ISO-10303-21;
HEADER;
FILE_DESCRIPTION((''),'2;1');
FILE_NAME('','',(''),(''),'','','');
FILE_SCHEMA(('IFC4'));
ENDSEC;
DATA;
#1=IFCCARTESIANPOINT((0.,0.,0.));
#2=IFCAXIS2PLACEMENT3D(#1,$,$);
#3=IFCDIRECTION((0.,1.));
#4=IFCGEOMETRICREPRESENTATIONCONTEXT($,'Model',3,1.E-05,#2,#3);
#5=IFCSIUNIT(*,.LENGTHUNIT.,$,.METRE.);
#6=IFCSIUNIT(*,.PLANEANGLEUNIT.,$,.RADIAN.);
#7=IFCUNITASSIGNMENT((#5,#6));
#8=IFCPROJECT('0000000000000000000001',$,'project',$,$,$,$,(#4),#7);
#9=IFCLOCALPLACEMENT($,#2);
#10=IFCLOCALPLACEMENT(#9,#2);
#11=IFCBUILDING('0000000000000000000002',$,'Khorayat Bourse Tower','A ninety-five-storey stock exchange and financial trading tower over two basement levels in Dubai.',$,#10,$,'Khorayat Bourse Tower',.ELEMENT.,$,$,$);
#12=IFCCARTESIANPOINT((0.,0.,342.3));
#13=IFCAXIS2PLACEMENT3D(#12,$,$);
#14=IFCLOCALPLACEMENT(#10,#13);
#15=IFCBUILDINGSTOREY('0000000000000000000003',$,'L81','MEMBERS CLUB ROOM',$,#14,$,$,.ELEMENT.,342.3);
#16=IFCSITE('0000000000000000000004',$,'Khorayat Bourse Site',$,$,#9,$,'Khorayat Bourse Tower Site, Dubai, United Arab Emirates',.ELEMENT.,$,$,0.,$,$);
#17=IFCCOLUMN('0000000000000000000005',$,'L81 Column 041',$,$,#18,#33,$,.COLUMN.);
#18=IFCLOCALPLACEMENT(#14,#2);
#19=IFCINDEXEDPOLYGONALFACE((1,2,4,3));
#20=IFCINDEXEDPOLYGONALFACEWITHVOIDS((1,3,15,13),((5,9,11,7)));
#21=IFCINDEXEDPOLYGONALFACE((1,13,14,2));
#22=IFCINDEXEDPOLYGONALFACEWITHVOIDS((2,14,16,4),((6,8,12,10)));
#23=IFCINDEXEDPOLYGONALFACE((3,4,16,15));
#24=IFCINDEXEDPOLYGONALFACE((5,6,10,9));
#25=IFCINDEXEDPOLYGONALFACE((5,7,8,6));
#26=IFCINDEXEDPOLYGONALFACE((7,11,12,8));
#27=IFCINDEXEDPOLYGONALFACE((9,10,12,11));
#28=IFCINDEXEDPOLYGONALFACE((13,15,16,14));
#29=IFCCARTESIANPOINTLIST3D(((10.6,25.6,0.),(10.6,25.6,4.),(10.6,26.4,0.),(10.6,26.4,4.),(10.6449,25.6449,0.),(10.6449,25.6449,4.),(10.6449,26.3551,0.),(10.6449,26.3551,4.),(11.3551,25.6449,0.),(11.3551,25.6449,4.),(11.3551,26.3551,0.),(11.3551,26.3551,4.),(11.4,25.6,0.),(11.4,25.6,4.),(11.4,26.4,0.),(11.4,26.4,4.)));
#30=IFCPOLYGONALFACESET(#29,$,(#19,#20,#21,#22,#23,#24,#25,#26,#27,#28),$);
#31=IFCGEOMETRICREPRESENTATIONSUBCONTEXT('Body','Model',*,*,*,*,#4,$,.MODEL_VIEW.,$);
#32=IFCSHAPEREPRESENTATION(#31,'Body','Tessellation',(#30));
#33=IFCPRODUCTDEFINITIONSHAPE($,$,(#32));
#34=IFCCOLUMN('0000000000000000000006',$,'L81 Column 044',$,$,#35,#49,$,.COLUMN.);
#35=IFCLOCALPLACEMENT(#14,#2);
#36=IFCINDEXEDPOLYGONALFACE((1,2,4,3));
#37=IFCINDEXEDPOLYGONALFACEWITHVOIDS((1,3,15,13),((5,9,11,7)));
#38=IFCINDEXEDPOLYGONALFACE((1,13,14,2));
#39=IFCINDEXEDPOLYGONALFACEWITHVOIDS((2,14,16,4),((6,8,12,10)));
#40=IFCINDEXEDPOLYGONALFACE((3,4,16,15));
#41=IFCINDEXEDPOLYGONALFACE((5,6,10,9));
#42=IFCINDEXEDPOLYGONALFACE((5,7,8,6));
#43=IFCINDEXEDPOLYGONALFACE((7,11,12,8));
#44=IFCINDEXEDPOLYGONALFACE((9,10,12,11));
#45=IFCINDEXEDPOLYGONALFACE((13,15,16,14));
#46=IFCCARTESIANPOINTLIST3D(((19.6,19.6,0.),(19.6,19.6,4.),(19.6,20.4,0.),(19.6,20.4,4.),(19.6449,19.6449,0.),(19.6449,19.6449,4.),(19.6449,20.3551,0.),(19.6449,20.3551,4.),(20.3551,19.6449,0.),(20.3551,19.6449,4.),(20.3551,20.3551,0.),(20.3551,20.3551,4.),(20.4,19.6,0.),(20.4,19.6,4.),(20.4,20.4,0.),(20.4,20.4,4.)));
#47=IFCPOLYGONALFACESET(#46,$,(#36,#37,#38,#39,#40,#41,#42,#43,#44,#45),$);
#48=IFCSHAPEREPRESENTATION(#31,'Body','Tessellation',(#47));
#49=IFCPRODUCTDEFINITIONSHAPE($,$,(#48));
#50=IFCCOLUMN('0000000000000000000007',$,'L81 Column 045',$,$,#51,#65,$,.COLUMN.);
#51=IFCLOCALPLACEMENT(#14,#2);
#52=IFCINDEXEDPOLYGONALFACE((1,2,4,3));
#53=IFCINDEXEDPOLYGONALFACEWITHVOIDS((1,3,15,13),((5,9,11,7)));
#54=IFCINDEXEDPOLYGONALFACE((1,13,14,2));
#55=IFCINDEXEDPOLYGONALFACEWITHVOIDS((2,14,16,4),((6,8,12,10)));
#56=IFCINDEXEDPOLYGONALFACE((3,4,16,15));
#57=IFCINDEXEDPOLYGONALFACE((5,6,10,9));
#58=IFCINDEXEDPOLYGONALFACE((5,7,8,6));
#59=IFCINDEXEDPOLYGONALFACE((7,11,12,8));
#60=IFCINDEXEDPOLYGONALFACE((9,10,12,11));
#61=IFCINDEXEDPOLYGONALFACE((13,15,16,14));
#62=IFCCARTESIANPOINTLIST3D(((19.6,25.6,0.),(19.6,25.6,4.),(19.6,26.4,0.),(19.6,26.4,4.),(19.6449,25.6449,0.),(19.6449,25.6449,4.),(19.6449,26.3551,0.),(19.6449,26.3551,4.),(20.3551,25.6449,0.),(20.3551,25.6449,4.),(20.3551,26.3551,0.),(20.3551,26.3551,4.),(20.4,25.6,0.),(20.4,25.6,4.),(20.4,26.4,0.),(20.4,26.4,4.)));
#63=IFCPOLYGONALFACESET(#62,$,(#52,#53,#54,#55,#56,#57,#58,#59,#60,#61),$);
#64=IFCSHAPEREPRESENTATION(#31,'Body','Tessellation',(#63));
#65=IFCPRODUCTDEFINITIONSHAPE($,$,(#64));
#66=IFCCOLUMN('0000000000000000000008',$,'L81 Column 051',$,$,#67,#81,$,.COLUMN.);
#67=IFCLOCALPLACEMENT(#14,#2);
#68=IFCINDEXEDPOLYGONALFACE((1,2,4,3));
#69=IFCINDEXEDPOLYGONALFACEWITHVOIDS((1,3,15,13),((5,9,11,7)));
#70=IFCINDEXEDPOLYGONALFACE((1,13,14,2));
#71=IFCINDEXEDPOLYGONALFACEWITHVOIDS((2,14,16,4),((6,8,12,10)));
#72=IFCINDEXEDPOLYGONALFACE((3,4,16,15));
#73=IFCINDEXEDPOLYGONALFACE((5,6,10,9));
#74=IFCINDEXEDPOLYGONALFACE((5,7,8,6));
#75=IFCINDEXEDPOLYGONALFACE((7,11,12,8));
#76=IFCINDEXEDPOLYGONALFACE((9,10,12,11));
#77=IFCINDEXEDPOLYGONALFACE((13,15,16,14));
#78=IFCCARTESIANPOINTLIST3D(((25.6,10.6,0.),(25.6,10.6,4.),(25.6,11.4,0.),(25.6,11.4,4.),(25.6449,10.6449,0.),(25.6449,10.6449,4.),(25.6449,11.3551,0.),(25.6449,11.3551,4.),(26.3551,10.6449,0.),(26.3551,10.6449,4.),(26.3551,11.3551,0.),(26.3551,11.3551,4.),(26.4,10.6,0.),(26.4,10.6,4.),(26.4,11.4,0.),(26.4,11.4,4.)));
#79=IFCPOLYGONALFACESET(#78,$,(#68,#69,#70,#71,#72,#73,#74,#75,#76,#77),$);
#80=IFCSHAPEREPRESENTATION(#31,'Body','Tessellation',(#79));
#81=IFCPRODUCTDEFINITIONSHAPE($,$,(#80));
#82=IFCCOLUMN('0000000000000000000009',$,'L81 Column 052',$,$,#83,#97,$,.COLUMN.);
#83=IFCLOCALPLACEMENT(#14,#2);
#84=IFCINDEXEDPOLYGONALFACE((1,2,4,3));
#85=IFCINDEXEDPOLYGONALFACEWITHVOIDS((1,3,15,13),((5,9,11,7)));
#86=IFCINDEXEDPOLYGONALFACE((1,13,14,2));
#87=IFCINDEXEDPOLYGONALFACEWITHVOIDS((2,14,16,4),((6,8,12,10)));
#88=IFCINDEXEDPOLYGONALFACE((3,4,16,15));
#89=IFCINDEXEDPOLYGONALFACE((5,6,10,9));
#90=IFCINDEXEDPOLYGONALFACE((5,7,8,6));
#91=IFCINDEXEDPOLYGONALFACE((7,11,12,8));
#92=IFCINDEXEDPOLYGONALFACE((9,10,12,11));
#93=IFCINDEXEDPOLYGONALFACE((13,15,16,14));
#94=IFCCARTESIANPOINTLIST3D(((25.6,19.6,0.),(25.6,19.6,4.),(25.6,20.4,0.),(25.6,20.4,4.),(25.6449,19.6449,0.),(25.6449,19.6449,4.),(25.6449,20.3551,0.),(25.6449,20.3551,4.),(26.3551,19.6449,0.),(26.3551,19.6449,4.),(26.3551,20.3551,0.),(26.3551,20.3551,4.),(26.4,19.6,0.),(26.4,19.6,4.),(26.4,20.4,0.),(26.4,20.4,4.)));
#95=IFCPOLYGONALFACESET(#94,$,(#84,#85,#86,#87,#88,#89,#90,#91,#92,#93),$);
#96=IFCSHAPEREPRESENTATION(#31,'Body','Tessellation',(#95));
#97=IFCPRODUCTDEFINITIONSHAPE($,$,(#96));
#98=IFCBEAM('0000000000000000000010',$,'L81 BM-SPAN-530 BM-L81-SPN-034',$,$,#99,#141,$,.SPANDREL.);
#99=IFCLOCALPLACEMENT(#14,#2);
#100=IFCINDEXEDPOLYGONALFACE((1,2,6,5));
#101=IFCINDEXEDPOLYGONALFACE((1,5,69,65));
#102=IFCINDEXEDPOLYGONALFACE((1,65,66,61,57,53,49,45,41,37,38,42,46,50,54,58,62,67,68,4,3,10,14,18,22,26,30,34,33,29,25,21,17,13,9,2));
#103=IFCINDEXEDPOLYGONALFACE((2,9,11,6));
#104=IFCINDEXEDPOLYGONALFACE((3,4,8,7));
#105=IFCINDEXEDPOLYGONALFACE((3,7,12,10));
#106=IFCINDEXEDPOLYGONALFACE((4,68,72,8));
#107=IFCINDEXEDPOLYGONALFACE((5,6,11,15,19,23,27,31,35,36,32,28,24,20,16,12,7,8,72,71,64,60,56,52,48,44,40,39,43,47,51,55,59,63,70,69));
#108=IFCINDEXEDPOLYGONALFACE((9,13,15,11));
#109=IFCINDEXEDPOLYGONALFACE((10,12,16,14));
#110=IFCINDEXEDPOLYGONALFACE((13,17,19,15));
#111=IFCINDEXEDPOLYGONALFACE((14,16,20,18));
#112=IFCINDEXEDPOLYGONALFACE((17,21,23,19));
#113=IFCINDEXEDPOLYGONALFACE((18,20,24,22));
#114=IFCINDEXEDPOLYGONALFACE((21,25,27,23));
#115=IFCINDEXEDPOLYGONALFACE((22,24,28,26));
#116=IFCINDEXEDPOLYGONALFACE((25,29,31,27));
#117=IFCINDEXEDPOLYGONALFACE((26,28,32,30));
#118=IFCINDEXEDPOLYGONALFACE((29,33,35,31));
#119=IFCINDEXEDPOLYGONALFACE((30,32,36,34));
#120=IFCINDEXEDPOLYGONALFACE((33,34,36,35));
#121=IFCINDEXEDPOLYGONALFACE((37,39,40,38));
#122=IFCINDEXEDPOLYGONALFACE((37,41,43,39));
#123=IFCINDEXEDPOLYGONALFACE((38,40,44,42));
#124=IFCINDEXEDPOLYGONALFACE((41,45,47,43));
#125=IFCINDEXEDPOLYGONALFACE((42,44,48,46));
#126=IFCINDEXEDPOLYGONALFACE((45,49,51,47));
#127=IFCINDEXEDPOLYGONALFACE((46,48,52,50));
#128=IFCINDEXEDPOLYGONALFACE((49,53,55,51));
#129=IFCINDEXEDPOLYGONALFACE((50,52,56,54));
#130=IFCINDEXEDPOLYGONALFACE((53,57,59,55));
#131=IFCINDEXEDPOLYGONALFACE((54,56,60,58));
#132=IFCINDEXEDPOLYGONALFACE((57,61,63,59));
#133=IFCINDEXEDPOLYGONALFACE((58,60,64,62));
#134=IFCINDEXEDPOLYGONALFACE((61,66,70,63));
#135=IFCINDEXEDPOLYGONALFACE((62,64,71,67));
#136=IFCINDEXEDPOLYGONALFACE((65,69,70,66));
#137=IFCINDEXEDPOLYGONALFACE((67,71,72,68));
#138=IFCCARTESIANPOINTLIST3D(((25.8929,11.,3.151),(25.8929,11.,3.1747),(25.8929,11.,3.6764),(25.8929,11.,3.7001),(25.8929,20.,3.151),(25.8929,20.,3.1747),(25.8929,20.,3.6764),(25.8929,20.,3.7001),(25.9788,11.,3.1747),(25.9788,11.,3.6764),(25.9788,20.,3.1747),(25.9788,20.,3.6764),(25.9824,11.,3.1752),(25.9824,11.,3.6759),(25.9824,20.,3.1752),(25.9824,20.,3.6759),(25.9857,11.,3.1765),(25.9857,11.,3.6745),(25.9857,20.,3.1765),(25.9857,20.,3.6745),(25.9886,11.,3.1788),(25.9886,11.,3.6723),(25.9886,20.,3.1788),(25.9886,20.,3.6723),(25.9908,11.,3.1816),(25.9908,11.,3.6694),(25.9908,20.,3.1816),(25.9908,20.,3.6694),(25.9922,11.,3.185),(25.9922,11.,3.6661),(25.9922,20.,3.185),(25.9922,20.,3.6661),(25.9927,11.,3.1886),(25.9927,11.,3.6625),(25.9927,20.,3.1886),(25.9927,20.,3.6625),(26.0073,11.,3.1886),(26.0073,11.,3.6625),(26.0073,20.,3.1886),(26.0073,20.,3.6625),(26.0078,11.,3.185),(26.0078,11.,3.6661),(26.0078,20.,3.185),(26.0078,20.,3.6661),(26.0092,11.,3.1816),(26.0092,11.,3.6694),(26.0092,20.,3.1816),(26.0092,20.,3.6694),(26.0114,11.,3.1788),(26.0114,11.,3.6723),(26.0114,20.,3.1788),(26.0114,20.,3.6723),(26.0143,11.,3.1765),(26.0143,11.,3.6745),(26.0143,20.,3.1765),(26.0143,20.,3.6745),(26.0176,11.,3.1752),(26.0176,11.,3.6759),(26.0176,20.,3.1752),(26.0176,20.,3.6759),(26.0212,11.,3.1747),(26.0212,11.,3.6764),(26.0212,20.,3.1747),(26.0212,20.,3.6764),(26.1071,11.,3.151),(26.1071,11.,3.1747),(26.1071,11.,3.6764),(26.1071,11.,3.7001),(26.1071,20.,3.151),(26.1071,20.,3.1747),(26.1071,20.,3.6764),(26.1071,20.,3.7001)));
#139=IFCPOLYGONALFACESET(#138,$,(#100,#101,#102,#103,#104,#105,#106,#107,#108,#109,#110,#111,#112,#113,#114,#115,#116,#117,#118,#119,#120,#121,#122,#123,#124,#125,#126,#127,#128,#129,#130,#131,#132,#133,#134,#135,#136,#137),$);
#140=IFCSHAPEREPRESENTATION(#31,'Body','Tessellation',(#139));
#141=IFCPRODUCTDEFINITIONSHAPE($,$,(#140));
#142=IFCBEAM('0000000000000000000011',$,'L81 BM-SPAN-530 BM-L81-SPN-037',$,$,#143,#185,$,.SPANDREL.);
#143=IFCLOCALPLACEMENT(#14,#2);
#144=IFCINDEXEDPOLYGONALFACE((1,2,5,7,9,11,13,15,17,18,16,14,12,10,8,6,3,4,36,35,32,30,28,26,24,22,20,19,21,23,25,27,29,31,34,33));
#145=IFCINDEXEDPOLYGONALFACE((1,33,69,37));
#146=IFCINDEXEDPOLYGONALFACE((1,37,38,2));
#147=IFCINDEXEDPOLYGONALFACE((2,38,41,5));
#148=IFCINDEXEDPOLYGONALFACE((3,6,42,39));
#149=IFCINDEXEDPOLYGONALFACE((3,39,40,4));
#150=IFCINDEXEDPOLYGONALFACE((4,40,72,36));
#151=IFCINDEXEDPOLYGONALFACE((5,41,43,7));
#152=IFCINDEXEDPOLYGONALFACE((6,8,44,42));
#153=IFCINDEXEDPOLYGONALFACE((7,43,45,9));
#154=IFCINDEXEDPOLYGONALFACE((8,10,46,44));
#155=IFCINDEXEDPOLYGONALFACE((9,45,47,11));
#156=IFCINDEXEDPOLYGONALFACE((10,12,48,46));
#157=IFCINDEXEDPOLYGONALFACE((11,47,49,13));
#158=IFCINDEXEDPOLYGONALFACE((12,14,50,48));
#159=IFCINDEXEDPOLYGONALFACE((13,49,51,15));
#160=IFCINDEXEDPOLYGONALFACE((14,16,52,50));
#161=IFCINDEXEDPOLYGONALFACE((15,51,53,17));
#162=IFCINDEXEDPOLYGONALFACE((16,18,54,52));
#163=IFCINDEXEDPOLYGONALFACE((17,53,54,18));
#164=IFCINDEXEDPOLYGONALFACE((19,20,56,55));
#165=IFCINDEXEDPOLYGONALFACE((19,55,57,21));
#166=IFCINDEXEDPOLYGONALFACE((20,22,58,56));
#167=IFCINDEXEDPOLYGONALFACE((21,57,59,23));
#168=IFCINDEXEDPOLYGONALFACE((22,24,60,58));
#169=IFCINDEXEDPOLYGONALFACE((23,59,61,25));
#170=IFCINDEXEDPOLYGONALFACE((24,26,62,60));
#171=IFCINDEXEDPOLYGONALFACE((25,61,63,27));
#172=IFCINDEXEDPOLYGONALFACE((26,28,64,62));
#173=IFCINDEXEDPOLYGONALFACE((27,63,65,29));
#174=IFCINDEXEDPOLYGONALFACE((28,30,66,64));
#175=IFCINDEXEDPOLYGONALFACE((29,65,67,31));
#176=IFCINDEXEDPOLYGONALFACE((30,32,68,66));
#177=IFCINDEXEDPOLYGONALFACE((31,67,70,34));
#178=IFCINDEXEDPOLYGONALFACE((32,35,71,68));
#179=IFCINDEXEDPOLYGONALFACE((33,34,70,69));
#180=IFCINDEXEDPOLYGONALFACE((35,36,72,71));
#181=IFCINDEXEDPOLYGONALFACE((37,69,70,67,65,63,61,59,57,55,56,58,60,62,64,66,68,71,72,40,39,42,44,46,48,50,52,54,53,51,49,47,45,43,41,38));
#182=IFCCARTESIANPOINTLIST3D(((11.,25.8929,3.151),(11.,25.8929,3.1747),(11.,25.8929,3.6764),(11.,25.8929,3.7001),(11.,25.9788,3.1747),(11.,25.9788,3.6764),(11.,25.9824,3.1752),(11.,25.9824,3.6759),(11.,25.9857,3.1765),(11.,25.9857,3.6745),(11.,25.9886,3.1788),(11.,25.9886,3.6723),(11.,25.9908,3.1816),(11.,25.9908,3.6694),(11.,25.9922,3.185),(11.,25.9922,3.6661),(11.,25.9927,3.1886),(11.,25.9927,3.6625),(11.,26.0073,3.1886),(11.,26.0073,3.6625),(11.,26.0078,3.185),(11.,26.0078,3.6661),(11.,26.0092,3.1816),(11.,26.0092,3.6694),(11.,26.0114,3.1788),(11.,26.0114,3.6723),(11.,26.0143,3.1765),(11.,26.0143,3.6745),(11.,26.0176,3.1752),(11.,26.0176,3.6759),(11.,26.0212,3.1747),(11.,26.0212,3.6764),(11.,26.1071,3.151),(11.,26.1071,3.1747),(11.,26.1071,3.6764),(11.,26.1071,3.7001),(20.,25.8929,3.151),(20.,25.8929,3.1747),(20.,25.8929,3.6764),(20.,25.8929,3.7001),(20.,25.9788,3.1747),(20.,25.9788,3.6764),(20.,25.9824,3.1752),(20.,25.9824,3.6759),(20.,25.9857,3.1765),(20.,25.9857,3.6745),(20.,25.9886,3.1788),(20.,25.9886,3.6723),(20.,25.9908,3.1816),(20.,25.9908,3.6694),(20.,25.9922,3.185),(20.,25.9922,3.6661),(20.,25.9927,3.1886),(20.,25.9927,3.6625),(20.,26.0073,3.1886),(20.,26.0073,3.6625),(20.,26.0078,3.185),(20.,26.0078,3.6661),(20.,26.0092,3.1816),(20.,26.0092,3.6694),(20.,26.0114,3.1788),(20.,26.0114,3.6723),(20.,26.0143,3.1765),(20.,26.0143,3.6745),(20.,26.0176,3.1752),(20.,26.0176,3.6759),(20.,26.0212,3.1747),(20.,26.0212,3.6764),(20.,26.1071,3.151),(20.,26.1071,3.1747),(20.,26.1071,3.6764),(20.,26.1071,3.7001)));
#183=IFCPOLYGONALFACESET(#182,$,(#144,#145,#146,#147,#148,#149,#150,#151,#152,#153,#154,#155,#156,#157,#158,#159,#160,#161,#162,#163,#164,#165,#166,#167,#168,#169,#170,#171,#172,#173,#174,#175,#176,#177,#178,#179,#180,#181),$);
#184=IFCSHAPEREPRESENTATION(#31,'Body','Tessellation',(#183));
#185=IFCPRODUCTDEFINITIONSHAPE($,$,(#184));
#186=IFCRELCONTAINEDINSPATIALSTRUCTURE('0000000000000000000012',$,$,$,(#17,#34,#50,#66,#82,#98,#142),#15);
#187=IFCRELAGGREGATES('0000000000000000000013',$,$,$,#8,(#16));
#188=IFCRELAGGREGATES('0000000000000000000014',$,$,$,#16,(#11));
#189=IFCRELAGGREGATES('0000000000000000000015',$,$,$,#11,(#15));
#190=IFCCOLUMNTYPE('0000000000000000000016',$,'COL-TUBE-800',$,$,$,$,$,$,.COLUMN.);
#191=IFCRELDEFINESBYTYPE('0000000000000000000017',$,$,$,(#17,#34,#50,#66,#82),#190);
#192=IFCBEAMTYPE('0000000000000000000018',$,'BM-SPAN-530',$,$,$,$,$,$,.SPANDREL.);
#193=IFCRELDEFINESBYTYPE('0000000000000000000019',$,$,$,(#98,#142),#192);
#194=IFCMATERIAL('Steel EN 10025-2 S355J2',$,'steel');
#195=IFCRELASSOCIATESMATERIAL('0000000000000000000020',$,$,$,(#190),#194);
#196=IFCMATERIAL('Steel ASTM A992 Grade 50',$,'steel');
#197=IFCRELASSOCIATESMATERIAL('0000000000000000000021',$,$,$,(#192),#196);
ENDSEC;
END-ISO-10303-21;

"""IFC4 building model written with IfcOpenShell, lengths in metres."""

from ifc_helpers import new_model, si_unit, direction, frame, origin, origin_2d, place, context, subcontext, project, spatial, hollow_rectangle, i_section, extrude, source, transform, mapped, material, material_profile, profile_set, type_object, element, save


model = new_model("IFC4")

# Units and contexts
model_context = context("Model", 3, precision=1e-05, world=origin(), true_north=direction((0.0, 1.0)))
body_context = subcontext(model_context, "Body", "Model", "MODEL_VIEW")
ifc_project = project(units=[si_unit("LENGTHUNIT", "METRE"), si_unit("PLANEANGLEUNIT", "RADIAN")], contexts=[model_context])

# Site, building, storey
site_placement = place(None, origin())
site = spatial("IfcSite", under=ifc_project, at=site_placement, Name="Khorayat Bourse Site", LongName="Khorayat Bourse Tower Site, Dubai, United Arab Emirates", CompositionType="ELEMENT", RefElevation=0.0)
building_placement = place(site_placement, origin())
building = spatial("IfcBuilding", under=site, at=building_placement, Name="Khorayat Bourse Tower", Description="A ninety-five-storey stock exchange and financial trading tower over two basement levels in Dubai.", LongName="Khorayat Bourse Tower", CompositionType="ELEMENT")
storey_placement = place(building_placement, frame((0.0, 0.0, 342.3)))
storey = spatial("IfcBuildingStorey", under=building, at=storey_placement, Name="L81", Description="MEMBERS CLUB ROOM", CompositionType="ELEMENT", Elevation=342.3)

# Columns
ifc_material_1 = material(Name="Steel EN 10025-2 S355J2", Category="steel")
ifc_material_profile_1 = material_profile(ifc_material_1, hollow_rectangle(XDim=0.8, YDim=0.8, WallThickness=0.0449, at=origin_2d()), Name="BOX 800x800x45")
ifc_profile_set_1 = profile_set([ifc_material_profile_1], Name="Steel EN 10025-2 S355J2")
column_type = type_object("IfcColumnType", Name="COL-TUBE-800", PredefinedType="COLUMN", material=ifc_profile_set_1)
shared_shape_1 = source(origin(), body_context, "Body", "SweptSolid", [
    extrude(hollow_rectangle(XDim=0.8, YDim=0.8, WallThickness=0.0449, at=origin_2d()), origin(), (0.0, 0.0, 1.0), 4.0),
])
for number, where, z_axis, x_axis, name in (
    (1, (11.0, 26.0, 0.0), (0.0, 0.0, 1.0), (1.0, 0.0, 0.0), "L81 Column 041"),
    (2, (20.0, 20.0, 0.0), (0.0, 0.0, 1.0), (1.0, 0.0, 0.0), "L81 Column 044"),
    (3, (20.0, 26.0, 0.0), (0.0, 0.0, 1.0), (1.0, 0.0, 0.0), "L81 Column 045"),
    (4, (26.0, 11.0, 0.0), (0.0, 0.0, 1.0), (1.0, 0.0, 0.0), "L81 Column 051"),
    (5, (26.0, 20.0, 0.0), (0.0, 0.0, 1.0), (1.0, 0.0, 0.0), "L81 Column 052"),
):
    element("IfcColumn", number, at=place(storey_placement, frame(where, z_axis=z_axis, x_axis=x_axis)), inside=storey, type_object=column_type, Name=name, PredefinedType="COLUMN", context=body_context, shape_type="MappedRepresentation", body=[
        mapped(shared_shape_1, transform((0.0, 0.0, 0.0), scale=1.0)),
    ])

# Beams
ifc_material_2 = material(Name="Steel ASTM A992 Grade 50", Category="steel")
ifc_material_profile_2 = material_profile(ifc_material_2, i_section(OverallWidth=0.2141, OverallDepth=0.5491, WebThickness=0.0146, FlangeThickness=0.0237, FilletRadius=0.0139, at=origin_2d()), Name="W530X138")
ifc_profile_set_2 = profile_set([ifc_material_profile_2], Name="Steel ASTM A992 Grade 50")
beam_type_1 = type_object("IfcBeamType", Name="BM-SPAN-530", PredefinedType="SPANDREL", material=ifc_profile_set_2)
shared_shape_2 = source(origin(), body_context, "Body", "SweptSolid", [
    extrude(i_section(OverallWidth=0.2141, OverallDepth=0.5491, WebThickness=0.0146, FlangeThickness=0.0237, FilletRadius=0.0139, at=origin_2d()), origin(), (0.0, 0.0, 1.0), 9.0),
])
for number, where, z_axis, x_axis, name in (
    (6, (26.0, 11.0, 3.4255), (0.0, 1.0, 0.0), (-1.0, 0.0, 0.0), "L81 BM-SPAN-530 BM-L81-SPN-034"),
    (7, (11.0, 26.0, 3.4255), (1.0, 0.0, 0.0), (0.0, 1.0, 0.0), "L81 BM-SPAN-530 BM-L81-SPN-037"),
):
    element("IfcBeam", number, at=place(storey_placement, frame(where, z_axis=z_axis, x_axis=x_axis)), inside=storey, type_object=beam_type_1, Name=name, PredefinedType="SPANDREL", context=body_context, shape_type="MappedRepresentation", body=[
        mapped(shared_shape_2, transform((0.0, 0.0, 0.0), scale=1.0)),
    ])

save(model, "model.ifc")
